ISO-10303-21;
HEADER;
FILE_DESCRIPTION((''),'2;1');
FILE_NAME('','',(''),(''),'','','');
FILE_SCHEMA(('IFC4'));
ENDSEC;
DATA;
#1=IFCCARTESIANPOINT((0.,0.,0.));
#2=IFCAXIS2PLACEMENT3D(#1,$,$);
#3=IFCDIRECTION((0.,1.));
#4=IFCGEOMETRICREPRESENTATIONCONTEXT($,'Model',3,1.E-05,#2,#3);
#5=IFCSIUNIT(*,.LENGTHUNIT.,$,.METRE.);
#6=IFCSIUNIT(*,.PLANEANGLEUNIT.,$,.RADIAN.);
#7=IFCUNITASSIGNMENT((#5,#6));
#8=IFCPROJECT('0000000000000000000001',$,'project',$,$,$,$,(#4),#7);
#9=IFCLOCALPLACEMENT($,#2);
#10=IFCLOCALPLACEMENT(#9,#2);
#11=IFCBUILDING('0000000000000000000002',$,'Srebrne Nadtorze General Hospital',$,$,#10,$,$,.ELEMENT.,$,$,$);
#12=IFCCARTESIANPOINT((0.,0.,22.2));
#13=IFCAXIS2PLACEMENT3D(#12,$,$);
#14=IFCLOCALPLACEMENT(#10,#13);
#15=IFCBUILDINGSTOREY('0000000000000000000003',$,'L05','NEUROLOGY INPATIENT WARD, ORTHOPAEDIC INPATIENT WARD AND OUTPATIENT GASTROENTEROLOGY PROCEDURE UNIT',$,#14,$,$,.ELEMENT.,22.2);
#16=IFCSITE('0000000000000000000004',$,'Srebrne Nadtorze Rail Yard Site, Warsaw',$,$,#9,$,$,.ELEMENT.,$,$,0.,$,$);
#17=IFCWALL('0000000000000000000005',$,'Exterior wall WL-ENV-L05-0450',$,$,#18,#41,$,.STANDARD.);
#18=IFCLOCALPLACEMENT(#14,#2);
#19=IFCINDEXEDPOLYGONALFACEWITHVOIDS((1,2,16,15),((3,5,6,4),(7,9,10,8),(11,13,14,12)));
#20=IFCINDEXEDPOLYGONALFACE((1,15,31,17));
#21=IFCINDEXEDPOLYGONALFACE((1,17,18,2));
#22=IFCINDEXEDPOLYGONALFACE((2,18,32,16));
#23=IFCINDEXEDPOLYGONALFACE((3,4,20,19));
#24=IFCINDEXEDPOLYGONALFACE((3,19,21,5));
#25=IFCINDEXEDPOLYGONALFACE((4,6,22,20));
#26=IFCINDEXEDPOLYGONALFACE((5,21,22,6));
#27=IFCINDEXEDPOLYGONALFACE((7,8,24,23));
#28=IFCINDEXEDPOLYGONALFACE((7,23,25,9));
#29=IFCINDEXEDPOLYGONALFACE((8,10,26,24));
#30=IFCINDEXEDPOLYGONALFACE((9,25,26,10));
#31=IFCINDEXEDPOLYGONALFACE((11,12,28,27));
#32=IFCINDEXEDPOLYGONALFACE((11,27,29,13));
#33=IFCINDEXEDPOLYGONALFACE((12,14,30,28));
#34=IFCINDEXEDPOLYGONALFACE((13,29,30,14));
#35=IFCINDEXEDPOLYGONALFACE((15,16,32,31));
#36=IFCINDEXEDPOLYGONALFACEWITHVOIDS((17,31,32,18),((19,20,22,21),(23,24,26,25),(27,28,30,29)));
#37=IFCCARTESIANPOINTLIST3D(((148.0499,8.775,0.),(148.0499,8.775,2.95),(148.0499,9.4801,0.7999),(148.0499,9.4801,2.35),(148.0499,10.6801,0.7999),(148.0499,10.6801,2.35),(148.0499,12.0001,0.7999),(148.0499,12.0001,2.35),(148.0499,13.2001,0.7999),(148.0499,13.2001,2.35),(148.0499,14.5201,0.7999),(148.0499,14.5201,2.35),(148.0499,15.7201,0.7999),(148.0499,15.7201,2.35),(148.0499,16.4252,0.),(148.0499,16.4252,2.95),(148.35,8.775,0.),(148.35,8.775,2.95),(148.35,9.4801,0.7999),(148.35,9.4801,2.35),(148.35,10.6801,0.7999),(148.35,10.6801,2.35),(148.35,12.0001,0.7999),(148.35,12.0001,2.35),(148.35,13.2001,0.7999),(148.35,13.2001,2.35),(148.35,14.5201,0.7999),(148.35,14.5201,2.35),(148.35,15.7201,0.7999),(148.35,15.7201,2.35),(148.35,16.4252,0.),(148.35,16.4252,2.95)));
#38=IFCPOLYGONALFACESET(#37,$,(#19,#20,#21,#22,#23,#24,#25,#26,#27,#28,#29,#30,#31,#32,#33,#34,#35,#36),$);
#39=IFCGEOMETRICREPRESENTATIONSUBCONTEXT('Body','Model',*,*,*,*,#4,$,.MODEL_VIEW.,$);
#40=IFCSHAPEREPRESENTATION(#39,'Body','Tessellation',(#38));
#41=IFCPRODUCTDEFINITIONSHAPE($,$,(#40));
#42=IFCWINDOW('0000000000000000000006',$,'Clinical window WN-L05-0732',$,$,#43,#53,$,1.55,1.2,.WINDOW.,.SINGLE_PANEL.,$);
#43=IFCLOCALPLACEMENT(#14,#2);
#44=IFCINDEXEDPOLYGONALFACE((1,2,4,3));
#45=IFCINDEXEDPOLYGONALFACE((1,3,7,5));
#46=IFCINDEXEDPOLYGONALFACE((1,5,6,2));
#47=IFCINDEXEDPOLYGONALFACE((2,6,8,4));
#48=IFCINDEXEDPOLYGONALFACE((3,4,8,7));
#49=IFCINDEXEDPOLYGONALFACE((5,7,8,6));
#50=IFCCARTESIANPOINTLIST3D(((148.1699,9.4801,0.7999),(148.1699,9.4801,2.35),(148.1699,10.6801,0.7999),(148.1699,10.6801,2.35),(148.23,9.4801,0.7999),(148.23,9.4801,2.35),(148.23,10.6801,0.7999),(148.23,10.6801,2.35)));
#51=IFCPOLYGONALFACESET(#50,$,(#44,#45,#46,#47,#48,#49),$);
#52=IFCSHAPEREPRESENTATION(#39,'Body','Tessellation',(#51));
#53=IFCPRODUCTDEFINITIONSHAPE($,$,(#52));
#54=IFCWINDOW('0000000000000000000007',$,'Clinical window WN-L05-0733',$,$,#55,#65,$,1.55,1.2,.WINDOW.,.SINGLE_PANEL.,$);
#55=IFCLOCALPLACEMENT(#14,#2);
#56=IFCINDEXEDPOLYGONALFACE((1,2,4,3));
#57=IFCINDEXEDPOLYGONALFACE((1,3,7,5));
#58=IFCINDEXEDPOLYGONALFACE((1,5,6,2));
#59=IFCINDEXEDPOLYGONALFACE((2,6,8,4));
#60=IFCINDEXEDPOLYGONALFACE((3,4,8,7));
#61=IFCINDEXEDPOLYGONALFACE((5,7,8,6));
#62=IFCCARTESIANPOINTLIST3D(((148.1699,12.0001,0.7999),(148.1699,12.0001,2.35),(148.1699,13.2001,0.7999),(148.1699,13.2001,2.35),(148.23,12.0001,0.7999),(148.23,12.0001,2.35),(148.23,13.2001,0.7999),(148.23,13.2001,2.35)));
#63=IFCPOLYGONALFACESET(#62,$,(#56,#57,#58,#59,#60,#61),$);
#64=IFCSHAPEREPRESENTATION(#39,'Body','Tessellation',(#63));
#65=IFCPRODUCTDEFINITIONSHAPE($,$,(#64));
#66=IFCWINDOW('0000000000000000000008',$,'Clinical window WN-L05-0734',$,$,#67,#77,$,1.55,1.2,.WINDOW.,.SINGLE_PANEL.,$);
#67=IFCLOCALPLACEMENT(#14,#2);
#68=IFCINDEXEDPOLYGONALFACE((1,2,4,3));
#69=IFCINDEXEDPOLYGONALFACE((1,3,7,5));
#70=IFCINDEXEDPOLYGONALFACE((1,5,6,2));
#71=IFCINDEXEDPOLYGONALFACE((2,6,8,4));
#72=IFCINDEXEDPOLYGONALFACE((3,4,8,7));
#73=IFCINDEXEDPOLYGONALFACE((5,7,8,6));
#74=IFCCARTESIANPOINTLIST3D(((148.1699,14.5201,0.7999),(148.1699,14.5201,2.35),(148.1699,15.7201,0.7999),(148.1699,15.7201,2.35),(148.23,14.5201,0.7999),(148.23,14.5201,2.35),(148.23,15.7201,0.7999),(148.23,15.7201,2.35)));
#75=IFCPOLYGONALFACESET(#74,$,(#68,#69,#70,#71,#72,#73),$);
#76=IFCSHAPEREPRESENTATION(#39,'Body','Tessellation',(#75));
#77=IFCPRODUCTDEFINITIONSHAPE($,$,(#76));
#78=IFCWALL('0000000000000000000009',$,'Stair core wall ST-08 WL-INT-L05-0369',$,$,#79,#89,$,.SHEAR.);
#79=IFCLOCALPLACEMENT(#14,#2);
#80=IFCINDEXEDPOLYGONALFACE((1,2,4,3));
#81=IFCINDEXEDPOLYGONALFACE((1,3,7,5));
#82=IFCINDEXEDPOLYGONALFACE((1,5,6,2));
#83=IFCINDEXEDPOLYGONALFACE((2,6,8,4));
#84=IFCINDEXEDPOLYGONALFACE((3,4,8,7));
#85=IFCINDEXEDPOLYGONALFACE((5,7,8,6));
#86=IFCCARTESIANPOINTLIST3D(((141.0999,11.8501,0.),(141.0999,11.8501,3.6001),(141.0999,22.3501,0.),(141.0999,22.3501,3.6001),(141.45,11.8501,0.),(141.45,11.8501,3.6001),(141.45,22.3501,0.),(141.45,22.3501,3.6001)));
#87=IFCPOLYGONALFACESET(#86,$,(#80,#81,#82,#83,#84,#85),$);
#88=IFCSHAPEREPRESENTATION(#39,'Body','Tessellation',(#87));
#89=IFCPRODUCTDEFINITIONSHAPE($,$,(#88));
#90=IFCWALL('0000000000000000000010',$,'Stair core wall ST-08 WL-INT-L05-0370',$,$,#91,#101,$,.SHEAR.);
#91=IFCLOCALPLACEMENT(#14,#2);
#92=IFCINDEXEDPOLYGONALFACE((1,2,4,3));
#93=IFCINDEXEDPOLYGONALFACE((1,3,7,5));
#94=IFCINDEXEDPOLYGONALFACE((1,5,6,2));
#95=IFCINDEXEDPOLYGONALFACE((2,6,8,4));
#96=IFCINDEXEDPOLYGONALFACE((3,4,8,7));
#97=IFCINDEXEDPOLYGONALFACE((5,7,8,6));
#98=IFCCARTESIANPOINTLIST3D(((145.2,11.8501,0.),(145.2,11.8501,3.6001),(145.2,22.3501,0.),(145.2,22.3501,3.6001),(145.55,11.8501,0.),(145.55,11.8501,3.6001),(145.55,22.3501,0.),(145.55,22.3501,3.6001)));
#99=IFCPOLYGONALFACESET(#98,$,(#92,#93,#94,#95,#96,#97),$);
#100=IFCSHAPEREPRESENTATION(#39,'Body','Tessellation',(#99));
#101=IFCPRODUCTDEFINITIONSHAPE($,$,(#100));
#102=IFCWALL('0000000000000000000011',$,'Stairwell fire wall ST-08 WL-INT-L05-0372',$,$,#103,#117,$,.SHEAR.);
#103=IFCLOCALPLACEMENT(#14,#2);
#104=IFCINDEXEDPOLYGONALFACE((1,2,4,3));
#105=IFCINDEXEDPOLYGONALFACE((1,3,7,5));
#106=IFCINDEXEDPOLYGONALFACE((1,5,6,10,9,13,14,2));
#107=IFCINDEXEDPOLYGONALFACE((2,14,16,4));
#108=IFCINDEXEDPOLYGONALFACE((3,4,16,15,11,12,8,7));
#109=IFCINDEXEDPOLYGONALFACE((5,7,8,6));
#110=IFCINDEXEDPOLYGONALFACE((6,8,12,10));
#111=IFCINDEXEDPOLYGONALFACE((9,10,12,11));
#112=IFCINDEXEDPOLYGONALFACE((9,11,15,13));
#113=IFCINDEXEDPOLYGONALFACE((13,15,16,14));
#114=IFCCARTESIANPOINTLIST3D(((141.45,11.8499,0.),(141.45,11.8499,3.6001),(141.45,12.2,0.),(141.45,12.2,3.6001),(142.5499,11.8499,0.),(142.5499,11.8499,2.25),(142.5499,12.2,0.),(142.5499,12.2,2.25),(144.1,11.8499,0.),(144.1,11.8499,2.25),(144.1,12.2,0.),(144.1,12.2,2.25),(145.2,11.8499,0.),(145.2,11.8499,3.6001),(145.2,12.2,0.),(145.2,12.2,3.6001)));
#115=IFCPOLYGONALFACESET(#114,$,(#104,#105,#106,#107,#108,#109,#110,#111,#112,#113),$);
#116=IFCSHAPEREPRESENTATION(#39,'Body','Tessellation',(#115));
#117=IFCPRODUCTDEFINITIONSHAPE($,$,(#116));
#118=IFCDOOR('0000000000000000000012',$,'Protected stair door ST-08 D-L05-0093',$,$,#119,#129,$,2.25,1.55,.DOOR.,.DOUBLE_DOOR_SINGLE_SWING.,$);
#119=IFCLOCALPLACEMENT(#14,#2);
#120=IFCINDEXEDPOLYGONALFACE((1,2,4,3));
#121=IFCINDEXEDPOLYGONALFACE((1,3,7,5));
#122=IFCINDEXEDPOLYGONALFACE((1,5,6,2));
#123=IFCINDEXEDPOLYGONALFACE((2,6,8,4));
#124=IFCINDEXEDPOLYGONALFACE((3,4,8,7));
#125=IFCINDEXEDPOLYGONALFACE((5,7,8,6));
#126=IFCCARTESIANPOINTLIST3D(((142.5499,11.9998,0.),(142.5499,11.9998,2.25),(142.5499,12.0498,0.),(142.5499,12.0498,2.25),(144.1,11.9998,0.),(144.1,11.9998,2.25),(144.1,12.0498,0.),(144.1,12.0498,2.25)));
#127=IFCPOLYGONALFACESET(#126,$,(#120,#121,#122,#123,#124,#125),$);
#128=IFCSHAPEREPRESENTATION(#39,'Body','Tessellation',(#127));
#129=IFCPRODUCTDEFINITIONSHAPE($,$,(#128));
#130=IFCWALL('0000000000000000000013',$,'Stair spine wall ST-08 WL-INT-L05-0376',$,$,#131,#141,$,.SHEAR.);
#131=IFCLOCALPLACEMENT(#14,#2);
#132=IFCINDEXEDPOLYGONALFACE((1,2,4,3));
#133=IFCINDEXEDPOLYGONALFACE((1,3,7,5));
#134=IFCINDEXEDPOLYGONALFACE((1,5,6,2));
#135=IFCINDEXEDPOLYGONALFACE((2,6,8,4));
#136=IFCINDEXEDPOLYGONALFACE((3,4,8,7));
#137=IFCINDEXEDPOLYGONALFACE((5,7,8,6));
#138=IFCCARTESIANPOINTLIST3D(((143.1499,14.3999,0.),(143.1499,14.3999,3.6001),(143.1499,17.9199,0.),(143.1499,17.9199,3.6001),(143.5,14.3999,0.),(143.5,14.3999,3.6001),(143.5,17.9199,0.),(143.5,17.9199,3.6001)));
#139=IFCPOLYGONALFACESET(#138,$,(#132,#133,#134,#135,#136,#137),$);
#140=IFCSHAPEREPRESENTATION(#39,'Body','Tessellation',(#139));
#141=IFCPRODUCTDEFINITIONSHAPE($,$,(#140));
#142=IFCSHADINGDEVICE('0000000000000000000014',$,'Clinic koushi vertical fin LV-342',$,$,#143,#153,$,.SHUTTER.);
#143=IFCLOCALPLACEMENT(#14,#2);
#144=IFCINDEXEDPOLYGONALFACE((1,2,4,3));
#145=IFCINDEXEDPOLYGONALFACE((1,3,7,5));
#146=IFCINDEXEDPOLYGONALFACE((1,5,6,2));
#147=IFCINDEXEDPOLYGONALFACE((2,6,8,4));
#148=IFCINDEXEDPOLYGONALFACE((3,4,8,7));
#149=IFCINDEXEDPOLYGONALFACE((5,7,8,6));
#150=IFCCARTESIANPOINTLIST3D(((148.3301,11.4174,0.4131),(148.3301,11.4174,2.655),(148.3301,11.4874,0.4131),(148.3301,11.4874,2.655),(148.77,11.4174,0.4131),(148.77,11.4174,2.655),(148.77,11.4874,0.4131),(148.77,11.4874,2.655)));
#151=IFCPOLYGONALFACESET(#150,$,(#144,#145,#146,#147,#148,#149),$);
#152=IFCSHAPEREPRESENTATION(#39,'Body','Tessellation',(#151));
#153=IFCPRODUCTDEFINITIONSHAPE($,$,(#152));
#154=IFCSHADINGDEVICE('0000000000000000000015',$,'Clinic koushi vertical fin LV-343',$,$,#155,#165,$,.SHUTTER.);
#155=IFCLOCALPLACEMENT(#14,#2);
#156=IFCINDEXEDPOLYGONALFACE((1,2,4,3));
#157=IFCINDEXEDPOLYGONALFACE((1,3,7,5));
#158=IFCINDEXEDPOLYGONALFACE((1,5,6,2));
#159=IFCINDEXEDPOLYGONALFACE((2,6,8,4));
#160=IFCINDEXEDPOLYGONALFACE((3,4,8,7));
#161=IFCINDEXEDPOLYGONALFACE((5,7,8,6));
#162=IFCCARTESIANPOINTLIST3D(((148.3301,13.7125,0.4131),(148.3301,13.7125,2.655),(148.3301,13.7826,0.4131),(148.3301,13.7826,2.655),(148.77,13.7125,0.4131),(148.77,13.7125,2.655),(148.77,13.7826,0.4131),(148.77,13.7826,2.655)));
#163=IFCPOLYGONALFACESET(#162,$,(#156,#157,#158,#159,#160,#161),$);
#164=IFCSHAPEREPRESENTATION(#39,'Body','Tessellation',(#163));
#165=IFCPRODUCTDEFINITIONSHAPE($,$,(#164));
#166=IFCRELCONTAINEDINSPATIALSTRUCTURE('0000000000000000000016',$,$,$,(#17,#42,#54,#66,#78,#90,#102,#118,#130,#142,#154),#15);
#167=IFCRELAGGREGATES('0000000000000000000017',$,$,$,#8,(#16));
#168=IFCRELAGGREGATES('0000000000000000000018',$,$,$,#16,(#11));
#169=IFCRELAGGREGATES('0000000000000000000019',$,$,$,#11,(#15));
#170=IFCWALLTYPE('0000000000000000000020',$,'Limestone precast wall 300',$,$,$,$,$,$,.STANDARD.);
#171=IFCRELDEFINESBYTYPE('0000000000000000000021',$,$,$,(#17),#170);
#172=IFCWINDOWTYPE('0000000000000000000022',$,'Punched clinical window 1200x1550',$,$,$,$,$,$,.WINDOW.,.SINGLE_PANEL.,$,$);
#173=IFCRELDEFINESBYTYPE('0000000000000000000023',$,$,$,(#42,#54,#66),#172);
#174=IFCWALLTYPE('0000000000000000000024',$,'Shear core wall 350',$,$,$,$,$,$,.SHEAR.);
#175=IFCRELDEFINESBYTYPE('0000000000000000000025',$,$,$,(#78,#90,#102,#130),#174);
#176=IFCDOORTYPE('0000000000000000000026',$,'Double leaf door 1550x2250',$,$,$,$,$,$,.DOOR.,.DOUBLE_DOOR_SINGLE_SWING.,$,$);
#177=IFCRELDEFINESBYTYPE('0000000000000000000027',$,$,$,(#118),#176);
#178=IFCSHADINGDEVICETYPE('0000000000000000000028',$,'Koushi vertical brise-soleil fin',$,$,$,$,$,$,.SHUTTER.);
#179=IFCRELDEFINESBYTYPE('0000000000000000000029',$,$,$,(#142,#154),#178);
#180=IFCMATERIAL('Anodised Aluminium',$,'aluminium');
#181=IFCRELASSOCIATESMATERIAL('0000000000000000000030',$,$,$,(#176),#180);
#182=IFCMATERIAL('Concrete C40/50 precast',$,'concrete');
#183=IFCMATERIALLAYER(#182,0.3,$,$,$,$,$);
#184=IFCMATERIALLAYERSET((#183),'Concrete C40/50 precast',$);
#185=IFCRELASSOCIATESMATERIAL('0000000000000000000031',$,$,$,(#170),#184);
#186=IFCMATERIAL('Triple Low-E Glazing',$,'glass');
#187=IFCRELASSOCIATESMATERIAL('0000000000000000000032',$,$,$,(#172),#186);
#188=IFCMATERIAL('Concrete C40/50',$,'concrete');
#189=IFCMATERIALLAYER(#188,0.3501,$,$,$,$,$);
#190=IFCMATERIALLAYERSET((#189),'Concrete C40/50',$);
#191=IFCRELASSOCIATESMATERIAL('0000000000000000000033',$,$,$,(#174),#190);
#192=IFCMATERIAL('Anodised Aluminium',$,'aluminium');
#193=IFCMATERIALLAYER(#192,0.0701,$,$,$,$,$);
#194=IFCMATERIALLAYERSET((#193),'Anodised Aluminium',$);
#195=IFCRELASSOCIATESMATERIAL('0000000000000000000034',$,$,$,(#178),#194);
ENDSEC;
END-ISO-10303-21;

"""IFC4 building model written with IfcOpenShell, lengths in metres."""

from ifc_helpers import new_model, si_unit, direction, frame, frame_2d, origin, origin_2d, place, context, subcontext, project, spatial, rectangle, extrude, material, layer, layer_set, type_object, element, fill, save


model = new_model("IFC4")

# Units and contexts
model_context = context("Model", 3, precision=1e-05, world=origin(), true_north=direction((0.0, 1.0)))
body_context = subcontext(model_context, "Body", "Model", "MODEL_VIEW")
ifc_project = project(units=[si_unit("LENGTHUNIT", "METRE"), si_unit("PLANEANGLEUNIT", "RADIAN")], contexts=[model_context])

# Site, building, storey
site_placement = place(None, origin())
site = spatial("IfcSite", under=ifc_project, at=site_placement, Name="Srebrne Nadtorze Rail Yard Site, Warsaw", CompositionType="ELEMENT", RefElevation=0.0)
building_placement = place(site_placement, origin())
building = spatial("IfcBuilding", under=site, at=building_placement, Name="Srebrne Nadtorze General Hospital", CompositionType="ELEMENT")
storey_placement = place(building_placement, frame((0.0, 0.0, 22.2)))
storey = spatial("IfcBuildingStorey", under=building, at=storey_placement, Name="L05", Description="NEUROLOGY INPATIENT WARD, ORTHOPAEDIC INPATIENT WARD AND OUTPATIENT GASTROENTEROLOGY PROCEDURE UNIT", CompositionType="ELEMENT", Elevation=22.2)

# Shared definitions
ifc_material_1 = material(Name="Anodised Aluminium", Category="aluminium")
door_type = type_object("IfcDoorType", Name="Double leaf door 1550x2250", OperationType="DOUBLE_DOOR_SINGLE_SWING", PredefinedType="DOOR", material=ifc_material_1)

# Wall, openings, windows
ifc_material_2 = material(Name="Concrete C40/50 precast", Category="concrete")
ifc_layer_1 = layer(ifc_material_2, 0.3)
ifc_layer_set_1 = layer_set([ifc_layer_1], Name="Concrete C40/50 precast")
wall_type_1 = type_object("IfcWallType", Name="Limestone precast wall 300", PredefinedType="STANDARD", material=ifc_layer_set_1)
wall_1_placement = place(storey_placement, frame((148.2, 8.7749, 0.0), z_axis=(0.0, 0.0, 1.0), x_axis=(0.0, 1.0, 0.0)))
wall_1 = element("IfcWall", 1, at=wall_1_placement, inside=storey, type_object=wall_type_1, Name="Exterior wall WL-ENV-L05-0450", PredefinedType="STANDARD", context=body_context, shape_type="SweptSolid", body=[
    extrude(rectangle(XDim=7.6501, YDim=0.3, at=frame_2d((3.8252, 0.0))), origin(), (0.0, 0.0, 1.0), 2.95),
])
opening_1_placement = place(wall_1_placement, frame((0.7051, 0.0, 0.8)))
opening_1 = element("IfcOpeningElement", 2, at=opening_1_placement, cuts=wall_1, PredefinedType="OPENING", context=body_context, shape_type="SweptSolid", body=[
    extrude(rectangle(XDim=1.2, YDim=1.55, at=frame_2d((0.6001, 0.7749))), frame((0.0, 0.1621, 0.0), z_axis=(0.0, -1.0, 0.0), x_axis=(1.0, 0.0, 0.0)), (0.0, 0.0, 1.0), 0.324),
])
opening_2_placement = place(wall_1_placement, frame((3.2251, 0.0, 0.8)))
opening_2 = element("IfcOpeningElement", 3, at=opening_2_placement, cuts=wall_1, PredefinedType="OPENING", context=body_context, shape_type="SweptSolid", body=[
    extrude(rectangle(XDim=1.2, YDim=1.55, at=frame_2d((0.6001, 0.7749))), frame((0.0, 0.1621, 0.0), z_axis=(0.0, -1.0, 0.0), x_axis=(1.0, 0.0, 0.0)), (0.0, 0.0, 1.0), 0.324),
])
opening_3_placement = place(wall_1_placement, frame((5.7451, 0.0, 0.8)))
opening_3 = element("IfcOpeningElement", 4, at=opening_3_placement, cuts=wall_1, PredefinedType="OPENING", context=body_context, shape_type="SweptSolid", body=[
    extrude(rectangle(XDim=1.2, YDim=1.55, at=frame_2d((0.6001, 0.7749))), frame((0.0, 0.1621, 0.0), z_axis=(0.0, -1.0, 0.0), x_axis=(1.0, 0.0, 0.0)), (0.0, 0.0, 1.0), 0.324),
])
ifc_material_3 = material(Name="Triple Low-E Glazing", Category="glass")
window_type = type_object("IfcWindowType", Name="Punched clinical window 1200x1550", PartitioningType="SINGLE_PANEL", PredefinedType="WINDOW", material=ifc_material_3)
window_1_placement = place(opening_1_placement, origin())
window_1 = element("IfcWindow", 5, at=window_1_placement, inside=storey, type_object=window_type, Name="Clinical window WN-L05-0732", OverallHeight=1.55, OverallWidth=1.2, PartitioningType="SINGLE_PANEL", PredefinedType="WINDOW", context=body_context, shape_type="SweptSolid", body=[
    extrude(rectangle(XDim=1.2, YDim=1.55, at=frame_2d((0.6001, 0.7749))), frame((0.0, 0.03, 0.0), z_axis=(0.0, -1.0, 0.0), x_axis=(1.0, 0.0, 0.0)), (0.0, 0.0, 1.0), 0.0601),
])
fill(opening_1, window_1)
window_2_placement = place(opening_2_placement, origin())
window_2 = element("IfcWindow", 6, at=window_2_placement, inside=storey, type_object=window_type, Name="Clinical window WN-L05-0733", OverallHeight=1.55, OverallWidth=1.2, PartitioningType="SINGLE_PANEL", PredefinedType="WINDOW", context=body_context, shape_type="SweptSolid", body=[
    extrude(rectangle(XDim=1.2, YDim=1.55, at=frame_2d((0.6001, 0.7749))), frame((0.0, 0.03, 0.0), z_axis=(0.0, -1.0, 0.0), x_axis=(1.0, 0.0, 0.0)), (0.0, 0.0, 1.0), 0.0601),
])
fill(opening_2, window_2)
window_3_placement = place(opening_3_placement, origin())
window_3 = element("IfcWindow", 7, at=window_3_placement, inside=storey, type_object=window_type, Name="Clinical window WN-L05-0734", OverallHeight=1.55, OverallWidth=1.2, PartitioningType="SINGLE_PANEL", PredefinedType="WINDOW", context=body_context, shape_type="SweptSolid", body=[
    extrude(rectangle(XDim=1.2, YDim=1.55, at=frame_2d((0.6001, 0.7749))), frame((0.0, 0.03, 0.0), z_axis=(0.0, -1.0, 0.0), x_axis=(1.0, 0.0, 0.0)), (0.0, 0.0, 1.0), 0.0601),
])
fill(opening_3, window_3)

# Walls
ifc_material_4 = material(Name="Concrete C40/50", Category="concrete")
ifc_layer_2 = layer(ifc_material_4, 0.3501)
ifc_layer_set_2 = layer_set([ifc_layer_2], Name="Concrete C40/50")
wall_type_2 = type_object("IfcWallType", Name="Shear core wall 350", PredefinedType="SHEAR", material=ifc_layer_set_2)
for number, where, z_axis, x_axis, name in (
    (8, (141.2749, 11.8501, 0.0), (0.0, 0.0, 1.0), (0.0, 1.0, 0.0), "Stair core wall ST-08 WL-INT-L05-0369"),
    (9, (145.375, 11.8501, 0.0), (0.0, 0.0, 1.0), (0.0, 1.0, 0.0), "Stair core wall ST-08 WL-INT-L05-0370"),
):
    element("IfcWall", number, at=place(storey_placement, frame(where, z_axis=z_axis, x_axis=x_axis)), inside=storey, type_object=wall_type_2, Name=name, PredefinedType="SHEAR", context=body_context, shape_type="SweptSolid", body=[
        extrude(rectangle(XDim=10.5, YDim=0.3501, at=frame_2d((5.25, 0.0))), origin(), (0.0, 0.0, 1.0), 3.6001),
    ])

# Wall, opening, door
wall_2_placement = place(storey_placement, frame((141.45, 12.0249, 0.0), z_axis=(0.0, 0.0, 1.0), x_axis=(1.0, 0.0, 0.0)))
wall_2 = element("IfcWall", 10, at=wall_2_placement, inside=storey, type_object=wall_type_2, Name="Stairwell fire wall ST-08 WL-INT-L05-0372", PredefinedType="SHEAR", context=body_context, shape_type="SweptSolid", body=[
    extrude(rectangle(XDim=3.75, YDim=0.3501, at=frame_2d((1.875, 0.0))), origin(), (0.0, 0.0, 1.0), 3.6001),
])
opening_4_placement = place(wall_2_placement, frame((1.1001, 0.0, 0.0)))
opening_4 = element("IfcOpeningElement", 11, at=opening_4_placement, cuts=wall_2, PredefinedType="OPENING", context=body_context, shape_type="SweptSolid", body=[
    extrude(rectangle(XDim=1.55, YDim=2.25, at=frame_2d((0.7749, 1.125))), frame((0.0, 0.187, 0.0), z_axis=(0.0, -1.0, 0.0), x_axis=(1.0, 0.0, 0.0)), (0.0, 0.0, 1.0), 0.374),
])
door_1_placement = place(opening_4_placement, origin())
door_1 = element("IfcDoor", 12, at=door_1_placement, inside=storey, type_object=door_type, Name="Protected stair door ST-08 D-L05-0093", OperationType="DOUBLE_DOOR_SINGLE_SWING", OverallHeight=2.25, OverallWidth=1.55, PredefinedType="DOOR", context=body_context, shape_type="SweptSolid", body=[
    extrude(rectangle(XDim=1.55, YDim=2.25, at=frame_2d((0.7749, 1.125))), frame((0.0, 0.0249, 0.0), z_axis=(0.0, -1.0, 0.0), x_axis=(1.0, 0.0, 0.0)), (0.0, 0.0, 1.0), 0.05),
])
fill(opening_4, door_1)

# Wall
wall_3_placement = place(storey_placement, frame((143.325, 14.3999, 0.0), z_axis=(0.0, 0.0, 1.0), x_axis=(0.0, 1.0, 0.0)))
element("IfcWall", 13, at=wall_3_placement, inside=storey, type_object=wall_type_2, Name="Stair spine wall ST-08 WL-INT-L05-0376", PredefinedType="SHEAR", context=body_context, shape_type="SweptSolid", body=[
    extrude(rectangle(XDim=3.52, YDim=0.3501, at=frame_2d((1.76, 0.0))), origin(), (0.0, 0.0, 1.0), 3.6001),
])

# Shading devices
ifc_material_5 = material(Name="Anodised Aluminium", Category="aluminium")
ifc_layer_3 = layer(ifc_material_5, 0.0701)
ifc_layer_set_3 = layer_set([ifc_layer_3], Name="Anodised Aluminium")
shading_device_type = type_object("IfcShadingDeviceType", Name="Koushi vertical brise-soleil fin", PredefinedType="SHUTTER", material=ifc_layer_set_3)
for number, where, z_axis, x_axis, name in (
    (14, (148.55, 11.4524, 0.4131), (0.0, 0.0, 1.0), (1.0, 0.0, 0.0), "Clinic koushi vertical fin LV-342"),
    (15, (148.55, 13.7476, 0.4131), (0.0, 0.0, 1.0), (1.0, 0.0, 0.0), "Clinic koushi vertical fin LV-343"),
):
    element("IfcShadingDevice", number, at=place(storey_placement, frame(where, z_axis=z_axis, x_axis=x_axis)), inside=storey, type_object=shading_device_type, Name=name, PredefinedType="SHUTTER", context=body_context, shape_type="SweptSolid", body=[
        extrude(rectangle(XDim=0.4399, YDim=0.0701, at=origin_2d()), origin(), (0.0, 0.0, 1.0), 2.2419),
    ])

save(model, "model.ifc")
